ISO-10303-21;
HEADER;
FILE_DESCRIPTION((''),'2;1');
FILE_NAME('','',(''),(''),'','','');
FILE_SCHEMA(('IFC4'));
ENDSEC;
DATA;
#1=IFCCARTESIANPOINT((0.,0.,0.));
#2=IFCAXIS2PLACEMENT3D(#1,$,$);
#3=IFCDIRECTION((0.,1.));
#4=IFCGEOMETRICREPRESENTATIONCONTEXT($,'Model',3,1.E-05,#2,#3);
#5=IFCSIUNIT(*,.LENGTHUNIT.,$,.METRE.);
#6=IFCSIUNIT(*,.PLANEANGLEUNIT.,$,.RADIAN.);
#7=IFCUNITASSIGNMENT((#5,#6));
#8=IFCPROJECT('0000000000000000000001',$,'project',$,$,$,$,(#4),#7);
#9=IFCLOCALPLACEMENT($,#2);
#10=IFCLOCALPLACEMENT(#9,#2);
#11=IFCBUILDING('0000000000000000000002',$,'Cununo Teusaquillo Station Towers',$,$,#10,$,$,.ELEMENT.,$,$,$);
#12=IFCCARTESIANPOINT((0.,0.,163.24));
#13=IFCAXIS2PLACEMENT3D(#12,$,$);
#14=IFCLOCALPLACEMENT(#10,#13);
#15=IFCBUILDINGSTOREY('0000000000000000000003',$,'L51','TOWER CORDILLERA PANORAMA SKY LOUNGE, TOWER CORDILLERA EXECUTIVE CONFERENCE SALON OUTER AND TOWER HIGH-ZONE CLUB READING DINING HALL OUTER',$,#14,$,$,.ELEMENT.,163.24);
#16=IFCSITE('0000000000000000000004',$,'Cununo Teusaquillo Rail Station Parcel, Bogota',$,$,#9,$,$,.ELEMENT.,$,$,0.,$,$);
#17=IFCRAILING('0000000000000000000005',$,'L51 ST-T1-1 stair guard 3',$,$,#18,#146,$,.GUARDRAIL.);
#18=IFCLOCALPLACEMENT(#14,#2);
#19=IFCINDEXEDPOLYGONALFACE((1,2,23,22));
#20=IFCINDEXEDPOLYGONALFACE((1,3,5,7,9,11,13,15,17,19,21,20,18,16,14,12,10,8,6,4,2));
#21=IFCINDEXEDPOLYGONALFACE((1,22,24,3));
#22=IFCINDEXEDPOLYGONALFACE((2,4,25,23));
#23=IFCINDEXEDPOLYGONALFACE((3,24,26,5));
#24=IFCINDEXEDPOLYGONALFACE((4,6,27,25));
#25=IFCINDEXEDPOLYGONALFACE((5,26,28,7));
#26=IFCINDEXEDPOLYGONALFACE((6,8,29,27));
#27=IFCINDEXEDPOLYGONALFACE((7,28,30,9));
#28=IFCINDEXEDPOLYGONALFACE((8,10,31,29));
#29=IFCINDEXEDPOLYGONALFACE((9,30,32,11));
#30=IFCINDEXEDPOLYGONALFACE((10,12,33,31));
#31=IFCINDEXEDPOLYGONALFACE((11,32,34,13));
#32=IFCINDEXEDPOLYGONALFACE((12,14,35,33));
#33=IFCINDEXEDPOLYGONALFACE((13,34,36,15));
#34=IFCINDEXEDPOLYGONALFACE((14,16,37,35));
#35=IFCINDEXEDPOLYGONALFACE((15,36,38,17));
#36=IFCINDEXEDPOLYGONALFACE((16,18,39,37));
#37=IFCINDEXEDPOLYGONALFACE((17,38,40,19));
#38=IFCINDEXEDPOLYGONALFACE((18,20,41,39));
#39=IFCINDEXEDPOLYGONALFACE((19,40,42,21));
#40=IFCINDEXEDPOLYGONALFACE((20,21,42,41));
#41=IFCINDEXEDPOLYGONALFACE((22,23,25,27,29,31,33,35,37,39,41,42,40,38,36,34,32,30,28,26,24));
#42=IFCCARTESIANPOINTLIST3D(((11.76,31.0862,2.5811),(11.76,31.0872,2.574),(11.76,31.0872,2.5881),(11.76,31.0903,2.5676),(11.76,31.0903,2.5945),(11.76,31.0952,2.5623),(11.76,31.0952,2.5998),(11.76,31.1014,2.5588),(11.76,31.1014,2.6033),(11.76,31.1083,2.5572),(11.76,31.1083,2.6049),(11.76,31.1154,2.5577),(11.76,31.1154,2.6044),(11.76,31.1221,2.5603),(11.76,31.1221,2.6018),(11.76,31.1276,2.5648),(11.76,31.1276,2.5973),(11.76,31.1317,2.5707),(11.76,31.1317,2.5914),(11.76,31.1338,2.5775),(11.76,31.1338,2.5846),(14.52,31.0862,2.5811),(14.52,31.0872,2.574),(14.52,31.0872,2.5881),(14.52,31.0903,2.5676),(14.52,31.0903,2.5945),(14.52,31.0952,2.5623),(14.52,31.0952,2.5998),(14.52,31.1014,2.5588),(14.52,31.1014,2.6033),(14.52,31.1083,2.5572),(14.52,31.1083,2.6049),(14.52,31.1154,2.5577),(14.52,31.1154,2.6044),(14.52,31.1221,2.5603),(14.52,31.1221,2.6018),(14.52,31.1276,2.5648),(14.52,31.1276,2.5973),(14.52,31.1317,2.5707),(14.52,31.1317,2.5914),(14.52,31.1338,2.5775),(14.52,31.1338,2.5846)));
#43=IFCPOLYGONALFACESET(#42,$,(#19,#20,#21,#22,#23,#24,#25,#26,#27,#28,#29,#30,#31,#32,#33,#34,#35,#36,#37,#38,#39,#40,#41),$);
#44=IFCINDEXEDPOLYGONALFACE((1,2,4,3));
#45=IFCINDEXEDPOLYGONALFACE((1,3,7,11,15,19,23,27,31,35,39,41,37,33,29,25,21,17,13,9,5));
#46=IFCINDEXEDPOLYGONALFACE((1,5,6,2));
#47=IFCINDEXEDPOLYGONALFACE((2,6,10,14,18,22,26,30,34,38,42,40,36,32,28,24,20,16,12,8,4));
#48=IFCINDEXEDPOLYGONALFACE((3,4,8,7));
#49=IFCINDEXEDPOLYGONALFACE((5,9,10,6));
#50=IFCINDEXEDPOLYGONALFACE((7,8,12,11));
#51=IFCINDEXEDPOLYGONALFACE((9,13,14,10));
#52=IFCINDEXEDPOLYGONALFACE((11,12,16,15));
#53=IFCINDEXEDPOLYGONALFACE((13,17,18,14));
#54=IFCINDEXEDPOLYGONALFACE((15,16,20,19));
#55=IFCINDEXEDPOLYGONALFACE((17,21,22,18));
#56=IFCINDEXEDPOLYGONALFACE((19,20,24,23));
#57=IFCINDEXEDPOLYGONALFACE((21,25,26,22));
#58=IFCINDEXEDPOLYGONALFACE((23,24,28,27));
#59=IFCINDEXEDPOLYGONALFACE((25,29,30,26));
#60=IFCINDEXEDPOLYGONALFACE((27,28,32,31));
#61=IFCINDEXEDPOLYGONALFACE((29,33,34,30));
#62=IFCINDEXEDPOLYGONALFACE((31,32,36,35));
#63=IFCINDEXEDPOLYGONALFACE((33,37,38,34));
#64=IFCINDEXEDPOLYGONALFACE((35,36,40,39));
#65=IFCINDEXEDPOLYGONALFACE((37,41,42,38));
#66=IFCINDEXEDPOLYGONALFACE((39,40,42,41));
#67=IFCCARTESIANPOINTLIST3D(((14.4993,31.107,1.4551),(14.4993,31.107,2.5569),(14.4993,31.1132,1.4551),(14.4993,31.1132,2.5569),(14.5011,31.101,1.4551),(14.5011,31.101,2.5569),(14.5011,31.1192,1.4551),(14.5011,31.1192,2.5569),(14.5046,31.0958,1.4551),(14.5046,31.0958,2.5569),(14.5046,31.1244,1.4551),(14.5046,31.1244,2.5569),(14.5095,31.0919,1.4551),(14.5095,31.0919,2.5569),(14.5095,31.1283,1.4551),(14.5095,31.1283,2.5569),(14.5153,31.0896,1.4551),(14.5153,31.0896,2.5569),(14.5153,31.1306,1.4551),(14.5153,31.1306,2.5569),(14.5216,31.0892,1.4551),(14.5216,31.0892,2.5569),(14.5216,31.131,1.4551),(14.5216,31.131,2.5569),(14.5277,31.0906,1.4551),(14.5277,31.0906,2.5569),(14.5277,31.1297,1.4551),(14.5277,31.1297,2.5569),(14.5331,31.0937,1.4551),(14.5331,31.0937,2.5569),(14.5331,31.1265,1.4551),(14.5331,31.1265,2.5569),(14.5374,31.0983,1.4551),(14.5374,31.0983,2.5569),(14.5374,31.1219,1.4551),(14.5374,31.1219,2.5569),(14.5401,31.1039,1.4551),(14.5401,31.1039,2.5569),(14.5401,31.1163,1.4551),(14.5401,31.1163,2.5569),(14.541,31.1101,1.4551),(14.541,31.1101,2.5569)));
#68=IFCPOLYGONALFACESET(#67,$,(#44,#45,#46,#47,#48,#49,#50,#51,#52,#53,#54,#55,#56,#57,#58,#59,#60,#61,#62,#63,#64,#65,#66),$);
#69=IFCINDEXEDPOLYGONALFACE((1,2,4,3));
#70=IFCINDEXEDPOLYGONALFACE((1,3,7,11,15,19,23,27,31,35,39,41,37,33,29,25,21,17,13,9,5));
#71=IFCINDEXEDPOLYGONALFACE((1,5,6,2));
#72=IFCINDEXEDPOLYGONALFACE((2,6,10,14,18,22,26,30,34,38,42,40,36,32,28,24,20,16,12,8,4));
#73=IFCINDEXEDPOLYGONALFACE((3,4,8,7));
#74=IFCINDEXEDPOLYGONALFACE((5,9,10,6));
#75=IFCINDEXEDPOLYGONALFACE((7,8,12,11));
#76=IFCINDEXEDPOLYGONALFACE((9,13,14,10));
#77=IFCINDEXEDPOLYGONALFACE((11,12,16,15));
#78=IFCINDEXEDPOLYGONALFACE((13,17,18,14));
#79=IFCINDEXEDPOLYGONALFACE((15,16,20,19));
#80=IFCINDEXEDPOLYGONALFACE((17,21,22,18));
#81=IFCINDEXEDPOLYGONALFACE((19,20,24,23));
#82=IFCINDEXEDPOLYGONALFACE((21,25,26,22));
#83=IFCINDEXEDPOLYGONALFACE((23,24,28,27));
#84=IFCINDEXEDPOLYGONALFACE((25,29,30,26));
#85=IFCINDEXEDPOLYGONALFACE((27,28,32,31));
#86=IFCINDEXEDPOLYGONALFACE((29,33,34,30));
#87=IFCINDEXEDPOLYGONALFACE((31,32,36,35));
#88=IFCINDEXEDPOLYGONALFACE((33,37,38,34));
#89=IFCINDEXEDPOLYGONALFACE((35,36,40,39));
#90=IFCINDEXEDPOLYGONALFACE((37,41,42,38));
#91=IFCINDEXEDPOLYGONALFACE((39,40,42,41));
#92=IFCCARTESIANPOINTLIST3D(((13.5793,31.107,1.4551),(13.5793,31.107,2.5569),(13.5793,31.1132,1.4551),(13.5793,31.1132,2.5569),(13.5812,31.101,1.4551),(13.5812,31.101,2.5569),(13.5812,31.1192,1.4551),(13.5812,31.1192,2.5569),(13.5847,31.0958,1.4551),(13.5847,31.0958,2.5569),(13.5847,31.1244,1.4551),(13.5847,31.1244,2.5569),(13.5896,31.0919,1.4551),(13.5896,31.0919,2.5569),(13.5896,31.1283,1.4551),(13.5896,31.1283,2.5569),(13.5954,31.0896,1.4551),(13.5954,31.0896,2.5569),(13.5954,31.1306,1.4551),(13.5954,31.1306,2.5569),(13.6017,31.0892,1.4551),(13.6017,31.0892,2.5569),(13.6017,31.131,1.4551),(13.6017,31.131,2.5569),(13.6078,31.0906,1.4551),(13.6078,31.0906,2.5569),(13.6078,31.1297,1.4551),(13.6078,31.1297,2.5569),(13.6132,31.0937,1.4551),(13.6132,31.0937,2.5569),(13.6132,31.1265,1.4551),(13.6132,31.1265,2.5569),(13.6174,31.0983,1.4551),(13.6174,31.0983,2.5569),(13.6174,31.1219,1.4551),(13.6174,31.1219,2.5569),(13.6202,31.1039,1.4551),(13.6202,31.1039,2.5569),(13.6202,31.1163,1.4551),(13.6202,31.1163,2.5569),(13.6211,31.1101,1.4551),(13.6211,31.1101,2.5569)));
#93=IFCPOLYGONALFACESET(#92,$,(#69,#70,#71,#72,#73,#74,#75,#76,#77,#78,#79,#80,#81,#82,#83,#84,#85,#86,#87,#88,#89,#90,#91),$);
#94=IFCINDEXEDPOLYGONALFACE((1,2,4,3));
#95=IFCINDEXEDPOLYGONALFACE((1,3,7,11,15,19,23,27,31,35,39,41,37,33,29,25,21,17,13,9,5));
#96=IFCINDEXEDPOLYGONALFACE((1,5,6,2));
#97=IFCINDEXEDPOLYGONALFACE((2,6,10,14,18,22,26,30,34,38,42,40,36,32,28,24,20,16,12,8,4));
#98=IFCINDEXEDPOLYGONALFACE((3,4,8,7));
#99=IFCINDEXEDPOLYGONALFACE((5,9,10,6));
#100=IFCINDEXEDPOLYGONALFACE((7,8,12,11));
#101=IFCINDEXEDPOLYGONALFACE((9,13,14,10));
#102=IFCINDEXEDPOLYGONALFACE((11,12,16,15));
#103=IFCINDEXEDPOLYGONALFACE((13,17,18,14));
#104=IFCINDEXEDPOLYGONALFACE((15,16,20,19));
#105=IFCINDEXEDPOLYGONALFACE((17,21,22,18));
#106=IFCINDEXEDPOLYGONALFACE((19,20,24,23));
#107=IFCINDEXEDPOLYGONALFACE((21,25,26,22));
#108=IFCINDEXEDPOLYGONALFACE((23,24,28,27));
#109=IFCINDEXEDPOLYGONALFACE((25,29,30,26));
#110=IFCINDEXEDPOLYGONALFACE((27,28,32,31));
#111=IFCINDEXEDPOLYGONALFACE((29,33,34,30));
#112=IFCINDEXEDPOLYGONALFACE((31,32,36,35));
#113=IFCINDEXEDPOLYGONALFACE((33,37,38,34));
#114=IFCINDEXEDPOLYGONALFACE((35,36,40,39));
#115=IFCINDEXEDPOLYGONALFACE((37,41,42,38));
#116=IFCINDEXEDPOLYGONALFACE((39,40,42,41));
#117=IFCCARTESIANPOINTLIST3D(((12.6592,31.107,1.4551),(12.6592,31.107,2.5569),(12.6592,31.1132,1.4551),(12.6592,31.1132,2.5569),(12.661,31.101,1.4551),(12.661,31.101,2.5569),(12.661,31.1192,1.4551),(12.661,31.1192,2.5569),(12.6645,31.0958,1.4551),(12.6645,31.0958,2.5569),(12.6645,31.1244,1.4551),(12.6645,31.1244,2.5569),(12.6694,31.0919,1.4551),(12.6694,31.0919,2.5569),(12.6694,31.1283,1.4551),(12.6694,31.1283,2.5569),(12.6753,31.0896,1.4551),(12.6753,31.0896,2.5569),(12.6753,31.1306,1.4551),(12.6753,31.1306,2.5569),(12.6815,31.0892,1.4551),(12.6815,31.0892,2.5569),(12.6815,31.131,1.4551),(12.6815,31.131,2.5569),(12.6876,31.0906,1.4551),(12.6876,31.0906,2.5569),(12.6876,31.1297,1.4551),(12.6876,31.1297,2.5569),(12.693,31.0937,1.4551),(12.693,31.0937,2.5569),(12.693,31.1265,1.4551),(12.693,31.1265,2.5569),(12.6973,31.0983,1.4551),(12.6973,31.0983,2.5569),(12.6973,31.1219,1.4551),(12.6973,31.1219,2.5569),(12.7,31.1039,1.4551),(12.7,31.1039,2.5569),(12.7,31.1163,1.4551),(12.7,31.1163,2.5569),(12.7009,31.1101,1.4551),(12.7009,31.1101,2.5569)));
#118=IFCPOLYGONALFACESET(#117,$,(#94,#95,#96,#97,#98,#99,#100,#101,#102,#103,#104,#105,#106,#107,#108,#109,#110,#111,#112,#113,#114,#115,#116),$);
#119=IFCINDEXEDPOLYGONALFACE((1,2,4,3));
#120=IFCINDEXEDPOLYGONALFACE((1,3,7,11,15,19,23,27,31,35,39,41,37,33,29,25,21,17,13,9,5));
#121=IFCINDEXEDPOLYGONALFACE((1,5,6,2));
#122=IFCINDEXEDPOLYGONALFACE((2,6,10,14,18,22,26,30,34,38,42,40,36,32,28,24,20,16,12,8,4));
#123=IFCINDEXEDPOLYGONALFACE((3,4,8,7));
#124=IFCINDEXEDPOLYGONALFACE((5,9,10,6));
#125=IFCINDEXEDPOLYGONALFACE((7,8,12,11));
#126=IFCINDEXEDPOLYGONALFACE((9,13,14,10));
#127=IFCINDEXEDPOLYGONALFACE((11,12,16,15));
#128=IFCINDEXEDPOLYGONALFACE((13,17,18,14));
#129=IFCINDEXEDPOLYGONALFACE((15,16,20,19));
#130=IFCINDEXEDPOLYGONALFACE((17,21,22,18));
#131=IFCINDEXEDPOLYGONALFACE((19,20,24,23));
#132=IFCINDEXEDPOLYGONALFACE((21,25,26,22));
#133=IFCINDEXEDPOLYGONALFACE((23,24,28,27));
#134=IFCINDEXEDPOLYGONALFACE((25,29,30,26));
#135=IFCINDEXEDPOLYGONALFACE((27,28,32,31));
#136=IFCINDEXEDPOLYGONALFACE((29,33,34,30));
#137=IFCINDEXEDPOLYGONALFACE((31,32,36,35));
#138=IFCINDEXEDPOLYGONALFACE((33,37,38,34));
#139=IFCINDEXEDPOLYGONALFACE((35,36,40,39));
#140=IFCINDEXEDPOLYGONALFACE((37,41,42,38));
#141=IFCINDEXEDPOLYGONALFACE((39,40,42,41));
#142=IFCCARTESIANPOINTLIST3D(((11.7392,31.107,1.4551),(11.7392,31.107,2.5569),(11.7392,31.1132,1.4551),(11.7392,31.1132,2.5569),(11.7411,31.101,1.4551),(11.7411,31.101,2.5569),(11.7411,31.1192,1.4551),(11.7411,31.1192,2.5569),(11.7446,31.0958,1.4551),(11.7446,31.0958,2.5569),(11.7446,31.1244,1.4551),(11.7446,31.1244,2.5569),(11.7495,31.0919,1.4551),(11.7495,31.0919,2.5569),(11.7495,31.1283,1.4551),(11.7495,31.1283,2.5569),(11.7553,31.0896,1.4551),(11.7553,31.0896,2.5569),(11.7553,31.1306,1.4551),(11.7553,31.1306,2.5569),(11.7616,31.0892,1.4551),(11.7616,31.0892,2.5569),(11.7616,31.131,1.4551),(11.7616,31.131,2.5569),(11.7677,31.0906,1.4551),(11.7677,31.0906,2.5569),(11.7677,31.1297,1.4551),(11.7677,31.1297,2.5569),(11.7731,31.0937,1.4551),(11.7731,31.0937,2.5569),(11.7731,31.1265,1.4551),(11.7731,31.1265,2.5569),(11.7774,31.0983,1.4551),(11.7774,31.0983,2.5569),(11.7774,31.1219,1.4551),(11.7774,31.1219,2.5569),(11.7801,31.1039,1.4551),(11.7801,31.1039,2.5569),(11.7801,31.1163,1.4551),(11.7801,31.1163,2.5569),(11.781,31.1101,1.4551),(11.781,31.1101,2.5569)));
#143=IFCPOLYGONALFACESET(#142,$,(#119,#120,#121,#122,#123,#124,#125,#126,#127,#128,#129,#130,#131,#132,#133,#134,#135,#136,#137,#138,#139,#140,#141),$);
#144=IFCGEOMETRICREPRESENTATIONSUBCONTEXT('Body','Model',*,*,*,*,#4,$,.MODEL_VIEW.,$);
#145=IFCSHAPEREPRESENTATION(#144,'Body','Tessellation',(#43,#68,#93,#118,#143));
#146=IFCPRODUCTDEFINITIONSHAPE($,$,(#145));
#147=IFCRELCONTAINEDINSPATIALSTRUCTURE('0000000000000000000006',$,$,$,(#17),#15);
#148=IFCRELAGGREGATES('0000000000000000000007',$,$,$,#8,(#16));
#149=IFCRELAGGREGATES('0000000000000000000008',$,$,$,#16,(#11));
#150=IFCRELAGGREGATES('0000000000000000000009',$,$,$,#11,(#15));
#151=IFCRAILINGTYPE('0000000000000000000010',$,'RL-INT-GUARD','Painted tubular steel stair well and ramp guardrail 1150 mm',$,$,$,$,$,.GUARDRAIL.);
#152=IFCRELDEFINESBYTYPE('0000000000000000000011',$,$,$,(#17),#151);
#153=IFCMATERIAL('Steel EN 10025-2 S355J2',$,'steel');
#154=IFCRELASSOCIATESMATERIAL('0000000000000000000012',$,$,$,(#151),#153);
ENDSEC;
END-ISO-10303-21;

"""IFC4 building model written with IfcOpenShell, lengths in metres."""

from ifc_helpers import new_model, si_unit, direction, frame, origin, origin_2d, place, context, subcontext, project, spatial, circle, extrude, material, type_object, element, save


model = new_model("IFC4")

# Units and contexts
model_context = context("Model", 3, precision=1e-05, world=origin(), true_north=direction((0.0, 1.0)))
body_context = subcontext(model_context, "Body", "Model", "MODEL_VIEW")
ifc_project = project(units=[si_unit("LENGTHUNIT", "METRE"), si_unit("PLANEANGLEUNIT", "RADIAN")], contexts=[model_context])

# Site, building, storey
site_placement = place(None, origin())
site = spatial("IfcSite", under=ifc_project, at=site_placement, Name="Cununo Teusaquillo Rail Station Parcel, Bogota", CompositionType="ELEMENT", RefElevation=0.0)
building_placement = place(site_placement, origin())
building = spatial("IfcBuilding", under=site, at=building_placement, Name="Cununo Teusaquillo Station Towers", CompositionType="ELEMENT")
storey_placement = place(building_placement, frame((0.0, 0.0, 163.24)))
storey = spatial("IfcBuildingStorey", under=building, at=storey_placement, Name="L51", Description="TOWER CORDILLERA PANORAMA SKY LOUNGE, TOWER CORDILLERA EXECUTIVE CONFERENCE SALON OUTER AND TOWER HIGH-ZONE CLUB READING DINING HALL OUTER", CompositionType="ELEMENT", Elevation=163.24)

# Railing
ifc_material_1 = material(Name="Steel EN 10025-2 S355J2", Category="steel")
railing_type_1 = type_object("IfcRailingType", Name="RL-INT-GUARD", Description="Painted tubular steel stair well and ramp guardrail 1150 mm", PredefinedType="GUARDRAIL", material=ifc_material_1)
railing_1_placement = place(storey_placement, frame((14.52, 31.1101, 1.4551)))
element("IfcRailing", 1, at=railing_1_placement, inside=storey, type_object=railing_type_1, Name="L51 ST-T1-1 stair guard 3", PredefinedType="GUARDRAIL", context=body_context, shape_type="SweptSolid", body=[
    extrude(circle(Radius=0.0239, at=origin_2d()), frame((0.0, 0.0, 1.126), z_axis=(-1.0, 0.0, 0.0), x_axis=(0.0, -1.0, 0.0)), (0.0, 0.0, 1.0), 2.76),
    extrude(circle(Radius=0.021, at=origin_2d()), origin(), (0.0, 0.0, 1.0), 1.1018),
    extrude(circle(Radius=0.021, at=origin_2d()), frame((-0.9199, 0.0, 0.0)), (0.0, 0.0, 1.0), 1.1018),
    extrude(circle(Radius=0.021, at=origin_2d()), frame((-1.8401, 0.0, 0.0)), (0.0, 0.0, 1.0), 1.1018),
    extrude(circle(Radius=0.021, at=origin_2d()), frame((-2.76, 0.0, 0.0)), (0.0, 0.0, 1.0), 1.1018),
])

save(model, "model.ifc")
